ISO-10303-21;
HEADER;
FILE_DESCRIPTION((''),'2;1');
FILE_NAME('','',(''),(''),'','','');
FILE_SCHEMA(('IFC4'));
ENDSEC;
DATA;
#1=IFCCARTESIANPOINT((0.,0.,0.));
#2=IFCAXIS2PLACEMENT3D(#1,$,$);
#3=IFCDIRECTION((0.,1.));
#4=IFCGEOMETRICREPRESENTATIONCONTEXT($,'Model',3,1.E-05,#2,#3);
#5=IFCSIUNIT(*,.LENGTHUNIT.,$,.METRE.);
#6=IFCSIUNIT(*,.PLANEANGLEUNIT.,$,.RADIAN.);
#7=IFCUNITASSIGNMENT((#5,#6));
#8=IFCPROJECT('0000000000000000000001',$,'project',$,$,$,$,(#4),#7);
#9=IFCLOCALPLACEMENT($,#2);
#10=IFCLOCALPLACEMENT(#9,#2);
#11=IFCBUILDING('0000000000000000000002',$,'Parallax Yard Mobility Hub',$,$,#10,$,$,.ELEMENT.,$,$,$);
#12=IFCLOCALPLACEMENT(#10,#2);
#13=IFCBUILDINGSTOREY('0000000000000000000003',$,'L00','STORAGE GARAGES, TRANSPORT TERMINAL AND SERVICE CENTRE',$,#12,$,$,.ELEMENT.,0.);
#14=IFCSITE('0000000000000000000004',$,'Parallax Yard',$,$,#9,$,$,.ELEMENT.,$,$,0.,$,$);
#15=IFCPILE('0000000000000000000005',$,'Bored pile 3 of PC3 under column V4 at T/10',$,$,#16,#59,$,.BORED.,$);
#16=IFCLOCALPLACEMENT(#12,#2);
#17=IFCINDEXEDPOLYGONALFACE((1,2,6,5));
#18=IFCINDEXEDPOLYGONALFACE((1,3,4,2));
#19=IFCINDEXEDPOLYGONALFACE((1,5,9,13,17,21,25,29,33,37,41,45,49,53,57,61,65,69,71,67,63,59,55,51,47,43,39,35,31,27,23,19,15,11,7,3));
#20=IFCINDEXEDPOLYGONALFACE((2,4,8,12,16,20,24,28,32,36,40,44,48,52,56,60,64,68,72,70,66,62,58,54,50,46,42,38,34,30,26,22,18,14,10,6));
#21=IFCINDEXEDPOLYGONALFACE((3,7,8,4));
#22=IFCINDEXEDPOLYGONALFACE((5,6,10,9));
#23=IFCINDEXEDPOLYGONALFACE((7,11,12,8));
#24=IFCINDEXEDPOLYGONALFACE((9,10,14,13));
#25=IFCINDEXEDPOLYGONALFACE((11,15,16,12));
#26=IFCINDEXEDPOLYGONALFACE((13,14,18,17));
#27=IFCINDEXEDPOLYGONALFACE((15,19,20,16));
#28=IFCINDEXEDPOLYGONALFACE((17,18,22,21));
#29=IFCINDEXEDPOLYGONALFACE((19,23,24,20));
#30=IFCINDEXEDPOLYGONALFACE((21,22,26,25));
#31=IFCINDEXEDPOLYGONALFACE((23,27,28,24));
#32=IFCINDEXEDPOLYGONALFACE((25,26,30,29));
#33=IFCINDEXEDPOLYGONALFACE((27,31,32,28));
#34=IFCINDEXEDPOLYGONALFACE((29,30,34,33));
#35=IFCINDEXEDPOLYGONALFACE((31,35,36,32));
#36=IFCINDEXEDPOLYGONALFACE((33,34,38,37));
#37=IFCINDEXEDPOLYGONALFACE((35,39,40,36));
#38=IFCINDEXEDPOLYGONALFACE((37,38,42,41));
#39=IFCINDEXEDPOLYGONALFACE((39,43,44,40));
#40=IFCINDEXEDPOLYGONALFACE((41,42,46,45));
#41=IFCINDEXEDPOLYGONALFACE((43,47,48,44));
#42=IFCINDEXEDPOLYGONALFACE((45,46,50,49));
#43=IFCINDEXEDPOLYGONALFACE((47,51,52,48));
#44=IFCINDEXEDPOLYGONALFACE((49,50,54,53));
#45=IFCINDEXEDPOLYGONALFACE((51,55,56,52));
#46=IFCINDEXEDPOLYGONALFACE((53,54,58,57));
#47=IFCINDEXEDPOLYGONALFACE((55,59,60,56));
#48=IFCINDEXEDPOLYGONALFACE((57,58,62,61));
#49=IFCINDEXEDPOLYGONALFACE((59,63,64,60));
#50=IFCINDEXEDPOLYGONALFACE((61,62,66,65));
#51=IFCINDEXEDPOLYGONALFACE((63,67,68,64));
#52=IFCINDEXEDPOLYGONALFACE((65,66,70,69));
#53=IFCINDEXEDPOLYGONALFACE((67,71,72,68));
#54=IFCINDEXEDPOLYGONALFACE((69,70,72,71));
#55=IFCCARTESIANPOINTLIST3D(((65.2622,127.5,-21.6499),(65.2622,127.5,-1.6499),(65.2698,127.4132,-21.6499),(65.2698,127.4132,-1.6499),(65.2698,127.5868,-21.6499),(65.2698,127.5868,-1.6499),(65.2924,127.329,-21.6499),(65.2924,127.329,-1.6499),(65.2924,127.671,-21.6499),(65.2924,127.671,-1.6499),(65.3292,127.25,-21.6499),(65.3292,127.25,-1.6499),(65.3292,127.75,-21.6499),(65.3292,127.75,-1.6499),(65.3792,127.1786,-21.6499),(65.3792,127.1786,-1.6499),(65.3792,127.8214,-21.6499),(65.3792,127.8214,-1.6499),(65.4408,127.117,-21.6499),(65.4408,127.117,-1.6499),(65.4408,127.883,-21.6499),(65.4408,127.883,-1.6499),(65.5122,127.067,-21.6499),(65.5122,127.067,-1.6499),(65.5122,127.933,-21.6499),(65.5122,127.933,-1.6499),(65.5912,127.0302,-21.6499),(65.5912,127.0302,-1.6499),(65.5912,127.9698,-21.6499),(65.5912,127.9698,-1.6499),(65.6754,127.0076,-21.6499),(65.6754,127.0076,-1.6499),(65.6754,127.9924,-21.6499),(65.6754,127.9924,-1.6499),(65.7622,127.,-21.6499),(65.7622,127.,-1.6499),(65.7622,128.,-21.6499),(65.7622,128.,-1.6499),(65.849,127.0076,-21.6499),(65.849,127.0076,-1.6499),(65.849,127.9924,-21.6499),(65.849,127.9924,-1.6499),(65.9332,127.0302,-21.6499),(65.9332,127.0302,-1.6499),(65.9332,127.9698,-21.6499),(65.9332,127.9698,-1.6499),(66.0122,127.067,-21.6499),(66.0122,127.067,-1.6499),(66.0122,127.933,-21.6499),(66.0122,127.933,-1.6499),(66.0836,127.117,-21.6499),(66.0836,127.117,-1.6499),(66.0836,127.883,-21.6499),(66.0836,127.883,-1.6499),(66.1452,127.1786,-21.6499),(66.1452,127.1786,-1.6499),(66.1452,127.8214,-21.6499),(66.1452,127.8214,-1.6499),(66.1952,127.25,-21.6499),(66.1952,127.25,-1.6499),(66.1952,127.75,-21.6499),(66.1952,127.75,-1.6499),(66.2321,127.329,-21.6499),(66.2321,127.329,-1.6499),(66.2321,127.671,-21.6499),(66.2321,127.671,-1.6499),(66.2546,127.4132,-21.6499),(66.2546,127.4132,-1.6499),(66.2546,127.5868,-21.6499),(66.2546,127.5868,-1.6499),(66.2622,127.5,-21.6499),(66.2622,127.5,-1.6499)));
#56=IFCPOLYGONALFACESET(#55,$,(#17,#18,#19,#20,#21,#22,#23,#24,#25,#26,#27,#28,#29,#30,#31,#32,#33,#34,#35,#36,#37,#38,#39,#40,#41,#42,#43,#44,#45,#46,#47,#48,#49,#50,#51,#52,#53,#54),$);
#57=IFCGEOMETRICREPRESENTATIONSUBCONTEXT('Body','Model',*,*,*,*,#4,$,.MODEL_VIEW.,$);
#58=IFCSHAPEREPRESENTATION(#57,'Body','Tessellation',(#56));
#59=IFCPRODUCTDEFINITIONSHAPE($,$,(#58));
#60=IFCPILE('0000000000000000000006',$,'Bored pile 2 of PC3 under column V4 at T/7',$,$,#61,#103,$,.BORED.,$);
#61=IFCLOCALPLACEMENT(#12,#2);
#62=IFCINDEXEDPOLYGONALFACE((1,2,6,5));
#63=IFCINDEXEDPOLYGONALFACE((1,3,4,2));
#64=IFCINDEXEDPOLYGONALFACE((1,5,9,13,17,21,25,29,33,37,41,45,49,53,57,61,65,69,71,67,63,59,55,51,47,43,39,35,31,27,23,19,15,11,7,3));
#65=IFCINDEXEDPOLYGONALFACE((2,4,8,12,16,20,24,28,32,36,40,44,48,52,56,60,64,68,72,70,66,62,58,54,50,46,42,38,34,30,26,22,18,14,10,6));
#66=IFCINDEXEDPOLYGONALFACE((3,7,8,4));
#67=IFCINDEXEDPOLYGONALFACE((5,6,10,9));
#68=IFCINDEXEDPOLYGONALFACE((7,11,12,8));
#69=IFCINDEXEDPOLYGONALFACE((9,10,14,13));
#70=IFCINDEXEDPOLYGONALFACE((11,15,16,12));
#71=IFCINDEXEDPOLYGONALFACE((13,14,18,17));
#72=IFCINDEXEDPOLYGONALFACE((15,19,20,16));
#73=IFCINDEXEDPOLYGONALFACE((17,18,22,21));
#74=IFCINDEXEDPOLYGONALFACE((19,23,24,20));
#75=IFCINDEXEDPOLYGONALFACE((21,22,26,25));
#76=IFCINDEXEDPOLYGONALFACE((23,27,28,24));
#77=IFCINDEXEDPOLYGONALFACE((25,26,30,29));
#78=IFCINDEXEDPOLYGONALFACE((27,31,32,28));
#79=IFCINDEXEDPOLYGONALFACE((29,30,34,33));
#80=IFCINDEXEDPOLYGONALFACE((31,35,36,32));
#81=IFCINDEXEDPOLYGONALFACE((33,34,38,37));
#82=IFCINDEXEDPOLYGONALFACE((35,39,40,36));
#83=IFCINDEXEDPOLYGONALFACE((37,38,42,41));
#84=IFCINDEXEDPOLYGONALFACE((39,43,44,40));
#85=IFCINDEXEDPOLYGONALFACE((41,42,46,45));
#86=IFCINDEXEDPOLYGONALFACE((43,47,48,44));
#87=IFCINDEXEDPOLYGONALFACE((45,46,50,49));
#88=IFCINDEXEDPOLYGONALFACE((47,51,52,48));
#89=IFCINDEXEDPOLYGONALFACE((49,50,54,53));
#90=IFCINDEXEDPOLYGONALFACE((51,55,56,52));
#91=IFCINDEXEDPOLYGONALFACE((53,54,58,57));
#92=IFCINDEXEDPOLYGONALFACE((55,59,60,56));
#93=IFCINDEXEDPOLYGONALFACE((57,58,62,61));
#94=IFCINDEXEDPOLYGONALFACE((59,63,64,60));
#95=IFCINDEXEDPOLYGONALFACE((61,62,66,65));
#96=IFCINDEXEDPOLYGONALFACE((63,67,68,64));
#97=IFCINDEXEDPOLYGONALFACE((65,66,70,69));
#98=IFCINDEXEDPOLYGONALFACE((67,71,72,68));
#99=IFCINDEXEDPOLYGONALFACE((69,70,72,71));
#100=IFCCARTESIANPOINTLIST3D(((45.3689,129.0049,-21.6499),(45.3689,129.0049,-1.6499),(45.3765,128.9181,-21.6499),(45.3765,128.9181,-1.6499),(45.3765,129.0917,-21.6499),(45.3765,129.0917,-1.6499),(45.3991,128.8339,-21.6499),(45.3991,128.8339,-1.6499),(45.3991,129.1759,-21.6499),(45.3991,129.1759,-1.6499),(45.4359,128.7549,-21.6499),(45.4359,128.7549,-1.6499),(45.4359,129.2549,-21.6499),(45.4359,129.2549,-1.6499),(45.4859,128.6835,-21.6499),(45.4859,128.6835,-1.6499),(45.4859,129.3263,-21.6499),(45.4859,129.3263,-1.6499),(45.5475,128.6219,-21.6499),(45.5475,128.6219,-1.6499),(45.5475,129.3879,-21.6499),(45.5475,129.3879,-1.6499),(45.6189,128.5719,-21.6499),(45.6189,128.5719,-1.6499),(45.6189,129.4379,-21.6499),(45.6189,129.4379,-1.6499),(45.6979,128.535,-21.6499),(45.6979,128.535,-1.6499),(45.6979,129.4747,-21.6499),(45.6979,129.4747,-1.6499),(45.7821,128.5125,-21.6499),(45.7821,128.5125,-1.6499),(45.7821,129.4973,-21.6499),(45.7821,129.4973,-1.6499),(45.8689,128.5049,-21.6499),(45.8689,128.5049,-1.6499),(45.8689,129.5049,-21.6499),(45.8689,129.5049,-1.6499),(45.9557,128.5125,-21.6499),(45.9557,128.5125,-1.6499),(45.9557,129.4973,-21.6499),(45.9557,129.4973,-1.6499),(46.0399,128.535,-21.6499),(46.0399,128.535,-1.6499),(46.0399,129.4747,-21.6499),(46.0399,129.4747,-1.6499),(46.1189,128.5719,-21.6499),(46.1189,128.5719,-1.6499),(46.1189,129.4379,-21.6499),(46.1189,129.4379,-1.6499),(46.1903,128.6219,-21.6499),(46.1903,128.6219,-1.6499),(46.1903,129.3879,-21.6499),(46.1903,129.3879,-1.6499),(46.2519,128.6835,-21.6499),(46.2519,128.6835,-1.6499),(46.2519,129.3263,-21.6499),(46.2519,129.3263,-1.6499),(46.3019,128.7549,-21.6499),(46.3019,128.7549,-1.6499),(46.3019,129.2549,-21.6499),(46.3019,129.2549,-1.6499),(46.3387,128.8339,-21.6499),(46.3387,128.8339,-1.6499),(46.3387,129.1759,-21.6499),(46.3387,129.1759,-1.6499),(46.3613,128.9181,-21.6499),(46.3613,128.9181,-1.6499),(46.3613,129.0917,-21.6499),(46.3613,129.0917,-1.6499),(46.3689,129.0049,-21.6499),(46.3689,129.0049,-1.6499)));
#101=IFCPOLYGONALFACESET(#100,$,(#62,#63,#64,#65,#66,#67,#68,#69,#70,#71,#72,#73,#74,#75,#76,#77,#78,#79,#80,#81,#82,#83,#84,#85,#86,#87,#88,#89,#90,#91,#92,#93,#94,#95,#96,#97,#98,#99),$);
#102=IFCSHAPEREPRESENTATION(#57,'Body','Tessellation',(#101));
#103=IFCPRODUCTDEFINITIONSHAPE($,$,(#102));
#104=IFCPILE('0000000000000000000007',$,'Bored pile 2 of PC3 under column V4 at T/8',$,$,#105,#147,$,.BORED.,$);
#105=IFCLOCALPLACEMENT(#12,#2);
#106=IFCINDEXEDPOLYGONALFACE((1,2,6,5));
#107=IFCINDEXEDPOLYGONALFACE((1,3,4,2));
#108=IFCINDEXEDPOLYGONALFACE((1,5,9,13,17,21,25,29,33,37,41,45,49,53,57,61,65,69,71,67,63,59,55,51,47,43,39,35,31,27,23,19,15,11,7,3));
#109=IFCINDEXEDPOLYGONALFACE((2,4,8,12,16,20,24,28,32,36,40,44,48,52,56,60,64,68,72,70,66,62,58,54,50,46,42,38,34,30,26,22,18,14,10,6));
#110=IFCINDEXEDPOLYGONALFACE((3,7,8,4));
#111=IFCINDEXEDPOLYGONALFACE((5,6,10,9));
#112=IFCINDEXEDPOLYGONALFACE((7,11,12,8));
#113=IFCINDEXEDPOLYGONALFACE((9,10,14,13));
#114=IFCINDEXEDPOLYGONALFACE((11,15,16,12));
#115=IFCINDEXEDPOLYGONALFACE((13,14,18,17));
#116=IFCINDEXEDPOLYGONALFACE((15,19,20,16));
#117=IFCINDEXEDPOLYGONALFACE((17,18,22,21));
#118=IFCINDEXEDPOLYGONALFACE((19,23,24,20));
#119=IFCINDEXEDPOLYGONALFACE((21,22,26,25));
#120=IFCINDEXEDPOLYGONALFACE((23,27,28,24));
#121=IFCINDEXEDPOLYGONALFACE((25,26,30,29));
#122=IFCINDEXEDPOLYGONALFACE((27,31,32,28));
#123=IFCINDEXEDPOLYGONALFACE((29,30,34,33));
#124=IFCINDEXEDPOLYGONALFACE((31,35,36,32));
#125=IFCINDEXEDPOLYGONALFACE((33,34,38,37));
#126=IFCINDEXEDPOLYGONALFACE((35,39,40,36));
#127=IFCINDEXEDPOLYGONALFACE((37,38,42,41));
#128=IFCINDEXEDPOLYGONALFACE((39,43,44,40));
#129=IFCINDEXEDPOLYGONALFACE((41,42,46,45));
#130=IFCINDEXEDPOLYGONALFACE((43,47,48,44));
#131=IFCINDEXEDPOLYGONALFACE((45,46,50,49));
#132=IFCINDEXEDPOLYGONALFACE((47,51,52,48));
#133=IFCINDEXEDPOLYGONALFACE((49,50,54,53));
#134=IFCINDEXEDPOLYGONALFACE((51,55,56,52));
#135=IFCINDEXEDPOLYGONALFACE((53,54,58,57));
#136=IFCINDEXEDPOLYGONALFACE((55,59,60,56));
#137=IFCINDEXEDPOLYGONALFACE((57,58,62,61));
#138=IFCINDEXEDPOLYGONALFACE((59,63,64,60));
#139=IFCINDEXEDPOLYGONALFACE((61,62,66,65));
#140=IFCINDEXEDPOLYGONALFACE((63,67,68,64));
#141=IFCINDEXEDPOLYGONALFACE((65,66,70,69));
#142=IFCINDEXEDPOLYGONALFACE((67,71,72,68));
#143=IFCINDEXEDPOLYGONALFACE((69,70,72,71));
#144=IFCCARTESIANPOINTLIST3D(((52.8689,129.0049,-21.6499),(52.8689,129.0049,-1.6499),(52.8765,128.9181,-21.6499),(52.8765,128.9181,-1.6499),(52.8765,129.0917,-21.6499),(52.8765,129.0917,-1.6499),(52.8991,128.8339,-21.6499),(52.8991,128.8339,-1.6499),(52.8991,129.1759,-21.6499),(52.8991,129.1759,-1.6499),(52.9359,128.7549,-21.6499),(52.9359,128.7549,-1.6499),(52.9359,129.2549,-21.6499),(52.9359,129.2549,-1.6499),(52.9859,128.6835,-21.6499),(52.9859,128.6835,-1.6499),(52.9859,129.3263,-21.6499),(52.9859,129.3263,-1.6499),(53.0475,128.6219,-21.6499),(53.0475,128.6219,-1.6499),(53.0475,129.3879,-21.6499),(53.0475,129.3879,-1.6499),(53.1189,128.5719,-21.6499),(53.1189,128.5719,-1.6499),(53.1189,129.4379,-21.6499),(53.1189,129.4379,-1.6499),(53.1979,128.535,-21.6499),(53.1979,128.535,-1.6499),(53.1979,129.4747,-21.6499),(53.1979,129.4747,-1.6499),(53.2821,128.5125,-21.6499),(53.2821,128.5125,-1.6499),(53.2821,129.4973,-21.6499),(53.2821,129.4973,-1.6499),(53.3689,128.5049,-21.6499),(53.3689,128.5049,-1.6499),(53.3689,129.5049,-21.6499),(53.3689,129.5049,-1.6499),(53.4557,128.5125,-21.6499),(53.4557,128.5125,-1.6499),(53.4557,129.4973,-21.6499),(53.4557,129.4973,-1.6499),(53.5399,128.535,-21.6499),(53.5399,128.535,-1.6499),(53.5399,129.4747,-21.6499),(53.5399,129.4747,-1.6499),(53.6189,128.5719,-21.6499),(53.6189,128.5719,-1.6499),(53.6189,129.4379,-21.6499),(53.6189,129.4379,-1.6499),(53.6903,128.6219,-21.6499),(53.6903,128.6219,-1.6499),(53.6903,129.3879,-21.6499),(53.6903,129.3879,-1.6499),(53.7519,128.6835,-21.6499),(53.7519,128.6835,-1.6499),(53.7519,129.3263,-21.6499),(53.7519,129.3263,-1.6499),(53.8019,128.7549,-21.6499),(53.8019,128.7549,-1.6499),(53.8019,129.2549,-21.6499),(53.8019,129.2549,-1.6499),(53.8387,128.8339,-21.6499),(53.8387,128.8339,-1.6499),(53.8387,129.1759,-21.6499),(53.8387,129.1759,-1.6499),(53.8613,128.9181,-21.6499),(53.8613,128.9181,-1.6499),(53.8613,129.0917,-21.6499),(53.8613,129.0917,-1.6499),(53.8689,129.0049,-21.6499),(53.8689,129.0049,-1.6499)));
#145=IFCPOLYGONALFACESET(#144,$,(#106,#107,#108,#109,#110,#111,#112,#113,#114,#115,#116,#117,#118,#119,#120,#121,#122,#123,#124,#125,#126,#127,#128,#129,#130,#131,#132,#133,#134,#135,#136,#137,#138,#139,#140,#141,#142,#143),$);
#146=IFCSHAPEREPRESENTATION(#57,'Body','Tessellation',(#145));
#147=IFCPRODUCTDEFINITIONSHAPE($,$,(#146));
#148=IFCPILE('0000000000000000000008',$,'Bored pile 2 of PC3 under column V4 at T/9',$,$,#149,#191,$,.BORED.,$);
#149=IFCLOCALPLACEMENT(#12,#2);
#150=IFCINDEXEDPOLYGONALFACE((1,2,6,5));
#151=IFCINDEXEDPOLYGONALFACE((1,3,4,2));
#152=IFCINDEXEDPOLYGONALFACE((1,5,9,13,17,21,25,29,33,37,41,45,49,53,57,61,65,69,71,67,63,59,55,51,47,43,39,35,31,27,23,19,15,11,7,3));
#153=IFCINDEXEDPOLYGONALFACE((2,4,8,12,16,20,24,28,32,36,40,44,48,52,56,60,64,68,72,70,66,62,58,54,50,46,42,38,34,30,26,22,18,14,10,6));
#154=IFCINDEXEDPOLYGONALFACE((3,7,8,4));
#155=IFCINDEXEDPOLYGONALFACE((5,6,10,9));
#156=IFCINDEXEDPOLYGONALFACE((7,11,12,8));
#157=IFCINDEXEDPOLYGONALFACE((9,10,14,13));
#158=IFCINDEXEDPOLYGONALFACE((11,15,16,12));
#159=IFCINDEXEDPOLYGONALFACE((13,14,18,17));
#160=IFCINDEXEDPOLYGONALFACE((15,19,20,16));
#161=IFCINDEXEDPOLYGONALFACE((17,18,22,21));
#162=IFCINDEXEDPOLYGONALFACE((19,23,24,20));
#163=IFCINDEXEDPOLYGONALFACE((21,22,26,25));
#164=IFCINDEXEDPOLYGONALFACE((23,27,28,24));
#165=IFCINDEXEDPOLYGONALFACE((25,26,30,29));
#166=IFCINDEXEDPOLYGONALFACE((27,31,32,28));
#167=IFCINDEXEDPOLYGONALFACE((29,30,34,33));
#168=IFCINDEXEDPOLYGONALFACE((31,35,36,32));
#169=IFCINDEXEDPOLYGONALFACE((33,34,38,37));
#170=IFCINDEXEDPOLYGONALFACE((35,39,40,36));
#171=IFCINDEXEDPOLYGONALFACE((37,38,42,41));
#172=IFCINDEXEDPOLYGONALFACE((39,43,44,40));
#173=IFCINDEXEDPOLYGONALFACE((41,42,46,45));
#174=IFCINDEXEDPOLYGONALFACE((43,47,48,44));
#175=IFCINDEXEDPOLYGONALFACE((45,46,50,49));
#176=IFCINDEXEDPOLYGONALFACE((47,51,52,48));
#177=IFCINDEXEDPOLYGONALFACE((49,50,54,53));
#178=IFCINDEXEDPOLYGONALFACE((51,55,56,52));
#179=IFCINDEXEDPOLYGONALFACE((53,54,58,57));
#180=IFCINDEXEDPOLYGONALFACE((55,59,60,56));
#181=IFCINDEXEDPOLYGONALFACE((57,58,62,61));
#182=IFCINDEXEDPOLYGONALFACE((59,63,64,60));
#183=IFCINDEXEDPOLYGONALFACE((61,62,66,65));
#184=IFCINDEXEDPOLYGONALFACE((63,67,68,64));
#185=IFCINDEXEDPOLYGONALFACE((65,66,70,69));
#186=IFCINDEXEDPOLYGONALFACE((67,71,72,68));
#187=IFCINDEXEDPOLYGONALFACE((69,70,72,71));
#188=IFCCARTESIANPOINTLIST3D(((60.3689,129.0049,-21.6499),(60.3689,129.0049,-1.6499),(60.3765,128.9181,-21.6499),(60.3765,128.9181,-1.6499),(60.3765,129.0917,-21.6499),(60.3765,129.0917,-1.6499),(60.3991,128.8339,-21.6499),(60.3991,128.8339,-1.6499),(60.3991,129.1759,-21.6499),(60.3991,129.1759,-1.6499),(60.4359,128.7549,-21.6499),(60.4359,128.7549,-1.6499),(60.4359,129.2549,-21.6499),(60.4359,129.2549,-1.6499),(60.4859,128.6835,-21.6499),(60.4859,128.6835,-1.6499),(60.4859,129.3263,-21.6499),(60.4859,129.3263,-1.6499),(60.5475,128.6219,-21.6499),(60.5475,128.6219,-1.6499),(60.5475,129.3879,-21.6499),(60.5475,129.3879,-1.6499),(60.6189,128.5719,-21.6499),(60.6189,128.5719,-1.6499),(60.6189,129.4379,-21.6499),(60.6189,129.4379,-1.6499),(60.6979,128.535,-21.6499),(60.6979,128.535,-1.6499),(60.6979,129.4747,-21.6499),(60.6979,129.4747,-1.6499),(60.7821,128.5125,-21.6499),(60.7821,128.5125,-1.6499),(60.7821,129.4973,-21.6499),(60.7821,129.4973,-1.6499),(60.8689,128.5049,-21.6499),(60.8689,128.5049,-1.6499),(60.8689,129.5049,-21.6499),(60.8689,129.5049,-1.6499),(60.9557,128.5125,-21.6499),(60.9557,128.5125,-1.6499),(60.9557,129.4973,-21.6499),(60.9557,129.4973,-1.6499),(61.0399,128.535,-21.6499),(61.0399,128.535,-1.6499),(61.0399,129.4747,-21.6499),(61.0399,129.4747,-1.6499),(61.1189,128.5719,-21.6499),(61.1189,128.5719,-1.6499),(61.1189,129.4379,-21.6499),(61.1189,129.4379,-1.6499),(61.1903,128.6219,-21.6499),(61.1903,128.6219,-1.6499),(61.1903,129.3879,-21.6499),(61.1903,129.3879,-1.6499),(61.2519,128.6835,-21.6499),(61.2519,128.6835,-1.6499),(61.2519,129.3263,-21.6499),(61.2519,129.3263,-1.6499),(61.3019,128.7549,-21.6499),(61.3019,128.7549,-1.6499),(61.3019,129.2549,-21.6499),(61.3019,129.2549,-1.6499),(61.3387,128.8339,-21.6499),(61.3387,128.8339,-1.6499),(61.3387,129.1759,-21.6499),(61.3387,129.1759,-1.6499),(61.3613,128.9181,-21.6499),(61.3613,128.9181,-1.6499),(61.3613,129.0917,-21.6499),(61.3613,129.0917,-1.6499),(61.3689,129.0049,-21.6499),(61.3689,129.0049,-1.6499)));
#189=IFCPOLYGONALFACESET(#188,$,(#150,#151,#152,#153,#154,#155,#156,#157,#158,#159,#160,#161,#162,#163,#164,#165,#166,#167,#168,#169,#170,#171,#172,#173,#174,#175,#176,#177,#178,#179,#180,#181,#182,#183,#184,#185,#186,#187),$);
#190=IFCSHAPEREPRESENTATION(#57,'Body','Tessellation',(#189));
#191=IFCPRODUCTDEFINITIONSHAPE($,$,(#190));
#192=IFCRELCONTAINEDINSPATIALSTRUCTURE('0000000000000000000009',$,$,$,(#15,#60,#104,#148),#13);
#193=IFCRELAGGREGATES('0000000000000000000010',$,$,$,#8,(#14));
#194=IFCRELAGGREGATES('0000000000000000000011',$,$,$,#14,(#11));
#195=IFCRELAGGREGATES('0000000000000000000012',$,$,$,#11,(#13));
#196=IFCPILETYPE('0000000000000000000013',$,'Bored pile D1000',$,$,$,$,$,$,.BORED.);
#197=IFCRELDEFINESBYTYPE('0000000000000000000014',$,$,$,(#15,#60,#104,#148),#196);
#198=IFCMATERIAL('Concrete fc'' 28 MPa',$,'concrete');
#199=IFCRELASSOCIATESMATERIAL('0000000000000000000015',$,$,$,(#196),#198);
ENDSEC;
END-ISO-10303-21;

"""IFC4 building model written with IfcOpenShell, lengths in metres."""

from ifc_helpers import new_model, si_unit, direction, frame, origin, origin_2d, place, context, subcontext, project, spatial, circle, extrude, material, material_profile, profile_set, type_object, element, save


model = new_model("IFC4")

# Units and contexts
model_context = context("Model", 3, precision=1e-05, world=origin(), true_north=direction((0.0, 1.0)))
body_context = subcontext(model_context, "Body", "Model", "MODEL_VIEW")
ifc_project = project(units=[si_unit("LENGTHUNIT", "METRE"), si_unit("PLANEANGLEUNIT", "RADIAN")], contexts=[model_context])

# Site, building, storey
site_placement = place(None, origin())
site = spatial("IfcSite", under=ifc_project, at=site_placement, Name="Parallax Yard", CompositionType="ELEMENT", RefElevation=0.0)
building_placement = place(site_placement, origin())
building = spatial("IfcBuilding", under=site, at=building_placement, Name="Parallax Yard Mobility Hub", CompositionType="ELEMENT")
storey_placement = place(building_placement, origin())
storey = spatial("IfcBuildingStorey", under=building, at=storey_placement, Name="L00", Description="STORAGE GARAGES, TRANSPORT TERMINAL AND SERVICE CENTRE", CompositionType="ELEMENT", Elevation=0.0)

# Piles
ifc_material_1 = material(Name="Concrete fc' 28 MPa", Category="concrete")
ifc_material_profile_1 = material_profile(ifc_material_1, circle(Radius=0.5, at=origin_2d()), Name="Bored pile D1000")
ifc_profile_set_1 = profile_set([ifc_material_profile_1], Name="Concrete fc' 28 MPa")
pile_type = type_object("IfcPileType", Name="Bored pile D1000", PredefinedType="BORED", material=ifc_profile_set_1)
for number, where, z_axis, x_axis, name in (
    (1, (65.7622, 127.5, -1.6499), (0.0, 0.0, -1.0), (1.0, 0.0, 0.0), "Bored pile 3 of PC3 under column V4 at T/10"),
    (2, (45.8689, 129.0049, -1.6499), (0.0, 0.0, -1.0), (1.0, 0.0, 0.0), "Bored pile 2 of PC3 under column V4 at T/7"),
    (3, (53.3689, 129.0049, -1.6499), (0.0, 0.0, -1.0), (1.0, 0.0, 0.0), "Bored pile 2 of PC3 under column V4 at T/8"),
    (4, (60.8689, 129.0049, -1.6499), (0.0, 0.0, -1.0), (1.0, 0.0, 0.0), "Bored pile 2 of PC3 under column V4 at T/9"),
):
    element("IfcPile", number, at=place(storey_placement, frame(where, z_axis=z_axis, x_axis=x_axis)), inside=storey, type_object=pile_type, Name=name, PredefinedType="BORED", context=body_context, shape_type="SweptSolid", body=[
        extrude(circle(Radius=0.5, at=origin_2d()), origin(), (0.0, 0.0, 1.0), 20.0),
    ])

save(model, "model.ifc")
